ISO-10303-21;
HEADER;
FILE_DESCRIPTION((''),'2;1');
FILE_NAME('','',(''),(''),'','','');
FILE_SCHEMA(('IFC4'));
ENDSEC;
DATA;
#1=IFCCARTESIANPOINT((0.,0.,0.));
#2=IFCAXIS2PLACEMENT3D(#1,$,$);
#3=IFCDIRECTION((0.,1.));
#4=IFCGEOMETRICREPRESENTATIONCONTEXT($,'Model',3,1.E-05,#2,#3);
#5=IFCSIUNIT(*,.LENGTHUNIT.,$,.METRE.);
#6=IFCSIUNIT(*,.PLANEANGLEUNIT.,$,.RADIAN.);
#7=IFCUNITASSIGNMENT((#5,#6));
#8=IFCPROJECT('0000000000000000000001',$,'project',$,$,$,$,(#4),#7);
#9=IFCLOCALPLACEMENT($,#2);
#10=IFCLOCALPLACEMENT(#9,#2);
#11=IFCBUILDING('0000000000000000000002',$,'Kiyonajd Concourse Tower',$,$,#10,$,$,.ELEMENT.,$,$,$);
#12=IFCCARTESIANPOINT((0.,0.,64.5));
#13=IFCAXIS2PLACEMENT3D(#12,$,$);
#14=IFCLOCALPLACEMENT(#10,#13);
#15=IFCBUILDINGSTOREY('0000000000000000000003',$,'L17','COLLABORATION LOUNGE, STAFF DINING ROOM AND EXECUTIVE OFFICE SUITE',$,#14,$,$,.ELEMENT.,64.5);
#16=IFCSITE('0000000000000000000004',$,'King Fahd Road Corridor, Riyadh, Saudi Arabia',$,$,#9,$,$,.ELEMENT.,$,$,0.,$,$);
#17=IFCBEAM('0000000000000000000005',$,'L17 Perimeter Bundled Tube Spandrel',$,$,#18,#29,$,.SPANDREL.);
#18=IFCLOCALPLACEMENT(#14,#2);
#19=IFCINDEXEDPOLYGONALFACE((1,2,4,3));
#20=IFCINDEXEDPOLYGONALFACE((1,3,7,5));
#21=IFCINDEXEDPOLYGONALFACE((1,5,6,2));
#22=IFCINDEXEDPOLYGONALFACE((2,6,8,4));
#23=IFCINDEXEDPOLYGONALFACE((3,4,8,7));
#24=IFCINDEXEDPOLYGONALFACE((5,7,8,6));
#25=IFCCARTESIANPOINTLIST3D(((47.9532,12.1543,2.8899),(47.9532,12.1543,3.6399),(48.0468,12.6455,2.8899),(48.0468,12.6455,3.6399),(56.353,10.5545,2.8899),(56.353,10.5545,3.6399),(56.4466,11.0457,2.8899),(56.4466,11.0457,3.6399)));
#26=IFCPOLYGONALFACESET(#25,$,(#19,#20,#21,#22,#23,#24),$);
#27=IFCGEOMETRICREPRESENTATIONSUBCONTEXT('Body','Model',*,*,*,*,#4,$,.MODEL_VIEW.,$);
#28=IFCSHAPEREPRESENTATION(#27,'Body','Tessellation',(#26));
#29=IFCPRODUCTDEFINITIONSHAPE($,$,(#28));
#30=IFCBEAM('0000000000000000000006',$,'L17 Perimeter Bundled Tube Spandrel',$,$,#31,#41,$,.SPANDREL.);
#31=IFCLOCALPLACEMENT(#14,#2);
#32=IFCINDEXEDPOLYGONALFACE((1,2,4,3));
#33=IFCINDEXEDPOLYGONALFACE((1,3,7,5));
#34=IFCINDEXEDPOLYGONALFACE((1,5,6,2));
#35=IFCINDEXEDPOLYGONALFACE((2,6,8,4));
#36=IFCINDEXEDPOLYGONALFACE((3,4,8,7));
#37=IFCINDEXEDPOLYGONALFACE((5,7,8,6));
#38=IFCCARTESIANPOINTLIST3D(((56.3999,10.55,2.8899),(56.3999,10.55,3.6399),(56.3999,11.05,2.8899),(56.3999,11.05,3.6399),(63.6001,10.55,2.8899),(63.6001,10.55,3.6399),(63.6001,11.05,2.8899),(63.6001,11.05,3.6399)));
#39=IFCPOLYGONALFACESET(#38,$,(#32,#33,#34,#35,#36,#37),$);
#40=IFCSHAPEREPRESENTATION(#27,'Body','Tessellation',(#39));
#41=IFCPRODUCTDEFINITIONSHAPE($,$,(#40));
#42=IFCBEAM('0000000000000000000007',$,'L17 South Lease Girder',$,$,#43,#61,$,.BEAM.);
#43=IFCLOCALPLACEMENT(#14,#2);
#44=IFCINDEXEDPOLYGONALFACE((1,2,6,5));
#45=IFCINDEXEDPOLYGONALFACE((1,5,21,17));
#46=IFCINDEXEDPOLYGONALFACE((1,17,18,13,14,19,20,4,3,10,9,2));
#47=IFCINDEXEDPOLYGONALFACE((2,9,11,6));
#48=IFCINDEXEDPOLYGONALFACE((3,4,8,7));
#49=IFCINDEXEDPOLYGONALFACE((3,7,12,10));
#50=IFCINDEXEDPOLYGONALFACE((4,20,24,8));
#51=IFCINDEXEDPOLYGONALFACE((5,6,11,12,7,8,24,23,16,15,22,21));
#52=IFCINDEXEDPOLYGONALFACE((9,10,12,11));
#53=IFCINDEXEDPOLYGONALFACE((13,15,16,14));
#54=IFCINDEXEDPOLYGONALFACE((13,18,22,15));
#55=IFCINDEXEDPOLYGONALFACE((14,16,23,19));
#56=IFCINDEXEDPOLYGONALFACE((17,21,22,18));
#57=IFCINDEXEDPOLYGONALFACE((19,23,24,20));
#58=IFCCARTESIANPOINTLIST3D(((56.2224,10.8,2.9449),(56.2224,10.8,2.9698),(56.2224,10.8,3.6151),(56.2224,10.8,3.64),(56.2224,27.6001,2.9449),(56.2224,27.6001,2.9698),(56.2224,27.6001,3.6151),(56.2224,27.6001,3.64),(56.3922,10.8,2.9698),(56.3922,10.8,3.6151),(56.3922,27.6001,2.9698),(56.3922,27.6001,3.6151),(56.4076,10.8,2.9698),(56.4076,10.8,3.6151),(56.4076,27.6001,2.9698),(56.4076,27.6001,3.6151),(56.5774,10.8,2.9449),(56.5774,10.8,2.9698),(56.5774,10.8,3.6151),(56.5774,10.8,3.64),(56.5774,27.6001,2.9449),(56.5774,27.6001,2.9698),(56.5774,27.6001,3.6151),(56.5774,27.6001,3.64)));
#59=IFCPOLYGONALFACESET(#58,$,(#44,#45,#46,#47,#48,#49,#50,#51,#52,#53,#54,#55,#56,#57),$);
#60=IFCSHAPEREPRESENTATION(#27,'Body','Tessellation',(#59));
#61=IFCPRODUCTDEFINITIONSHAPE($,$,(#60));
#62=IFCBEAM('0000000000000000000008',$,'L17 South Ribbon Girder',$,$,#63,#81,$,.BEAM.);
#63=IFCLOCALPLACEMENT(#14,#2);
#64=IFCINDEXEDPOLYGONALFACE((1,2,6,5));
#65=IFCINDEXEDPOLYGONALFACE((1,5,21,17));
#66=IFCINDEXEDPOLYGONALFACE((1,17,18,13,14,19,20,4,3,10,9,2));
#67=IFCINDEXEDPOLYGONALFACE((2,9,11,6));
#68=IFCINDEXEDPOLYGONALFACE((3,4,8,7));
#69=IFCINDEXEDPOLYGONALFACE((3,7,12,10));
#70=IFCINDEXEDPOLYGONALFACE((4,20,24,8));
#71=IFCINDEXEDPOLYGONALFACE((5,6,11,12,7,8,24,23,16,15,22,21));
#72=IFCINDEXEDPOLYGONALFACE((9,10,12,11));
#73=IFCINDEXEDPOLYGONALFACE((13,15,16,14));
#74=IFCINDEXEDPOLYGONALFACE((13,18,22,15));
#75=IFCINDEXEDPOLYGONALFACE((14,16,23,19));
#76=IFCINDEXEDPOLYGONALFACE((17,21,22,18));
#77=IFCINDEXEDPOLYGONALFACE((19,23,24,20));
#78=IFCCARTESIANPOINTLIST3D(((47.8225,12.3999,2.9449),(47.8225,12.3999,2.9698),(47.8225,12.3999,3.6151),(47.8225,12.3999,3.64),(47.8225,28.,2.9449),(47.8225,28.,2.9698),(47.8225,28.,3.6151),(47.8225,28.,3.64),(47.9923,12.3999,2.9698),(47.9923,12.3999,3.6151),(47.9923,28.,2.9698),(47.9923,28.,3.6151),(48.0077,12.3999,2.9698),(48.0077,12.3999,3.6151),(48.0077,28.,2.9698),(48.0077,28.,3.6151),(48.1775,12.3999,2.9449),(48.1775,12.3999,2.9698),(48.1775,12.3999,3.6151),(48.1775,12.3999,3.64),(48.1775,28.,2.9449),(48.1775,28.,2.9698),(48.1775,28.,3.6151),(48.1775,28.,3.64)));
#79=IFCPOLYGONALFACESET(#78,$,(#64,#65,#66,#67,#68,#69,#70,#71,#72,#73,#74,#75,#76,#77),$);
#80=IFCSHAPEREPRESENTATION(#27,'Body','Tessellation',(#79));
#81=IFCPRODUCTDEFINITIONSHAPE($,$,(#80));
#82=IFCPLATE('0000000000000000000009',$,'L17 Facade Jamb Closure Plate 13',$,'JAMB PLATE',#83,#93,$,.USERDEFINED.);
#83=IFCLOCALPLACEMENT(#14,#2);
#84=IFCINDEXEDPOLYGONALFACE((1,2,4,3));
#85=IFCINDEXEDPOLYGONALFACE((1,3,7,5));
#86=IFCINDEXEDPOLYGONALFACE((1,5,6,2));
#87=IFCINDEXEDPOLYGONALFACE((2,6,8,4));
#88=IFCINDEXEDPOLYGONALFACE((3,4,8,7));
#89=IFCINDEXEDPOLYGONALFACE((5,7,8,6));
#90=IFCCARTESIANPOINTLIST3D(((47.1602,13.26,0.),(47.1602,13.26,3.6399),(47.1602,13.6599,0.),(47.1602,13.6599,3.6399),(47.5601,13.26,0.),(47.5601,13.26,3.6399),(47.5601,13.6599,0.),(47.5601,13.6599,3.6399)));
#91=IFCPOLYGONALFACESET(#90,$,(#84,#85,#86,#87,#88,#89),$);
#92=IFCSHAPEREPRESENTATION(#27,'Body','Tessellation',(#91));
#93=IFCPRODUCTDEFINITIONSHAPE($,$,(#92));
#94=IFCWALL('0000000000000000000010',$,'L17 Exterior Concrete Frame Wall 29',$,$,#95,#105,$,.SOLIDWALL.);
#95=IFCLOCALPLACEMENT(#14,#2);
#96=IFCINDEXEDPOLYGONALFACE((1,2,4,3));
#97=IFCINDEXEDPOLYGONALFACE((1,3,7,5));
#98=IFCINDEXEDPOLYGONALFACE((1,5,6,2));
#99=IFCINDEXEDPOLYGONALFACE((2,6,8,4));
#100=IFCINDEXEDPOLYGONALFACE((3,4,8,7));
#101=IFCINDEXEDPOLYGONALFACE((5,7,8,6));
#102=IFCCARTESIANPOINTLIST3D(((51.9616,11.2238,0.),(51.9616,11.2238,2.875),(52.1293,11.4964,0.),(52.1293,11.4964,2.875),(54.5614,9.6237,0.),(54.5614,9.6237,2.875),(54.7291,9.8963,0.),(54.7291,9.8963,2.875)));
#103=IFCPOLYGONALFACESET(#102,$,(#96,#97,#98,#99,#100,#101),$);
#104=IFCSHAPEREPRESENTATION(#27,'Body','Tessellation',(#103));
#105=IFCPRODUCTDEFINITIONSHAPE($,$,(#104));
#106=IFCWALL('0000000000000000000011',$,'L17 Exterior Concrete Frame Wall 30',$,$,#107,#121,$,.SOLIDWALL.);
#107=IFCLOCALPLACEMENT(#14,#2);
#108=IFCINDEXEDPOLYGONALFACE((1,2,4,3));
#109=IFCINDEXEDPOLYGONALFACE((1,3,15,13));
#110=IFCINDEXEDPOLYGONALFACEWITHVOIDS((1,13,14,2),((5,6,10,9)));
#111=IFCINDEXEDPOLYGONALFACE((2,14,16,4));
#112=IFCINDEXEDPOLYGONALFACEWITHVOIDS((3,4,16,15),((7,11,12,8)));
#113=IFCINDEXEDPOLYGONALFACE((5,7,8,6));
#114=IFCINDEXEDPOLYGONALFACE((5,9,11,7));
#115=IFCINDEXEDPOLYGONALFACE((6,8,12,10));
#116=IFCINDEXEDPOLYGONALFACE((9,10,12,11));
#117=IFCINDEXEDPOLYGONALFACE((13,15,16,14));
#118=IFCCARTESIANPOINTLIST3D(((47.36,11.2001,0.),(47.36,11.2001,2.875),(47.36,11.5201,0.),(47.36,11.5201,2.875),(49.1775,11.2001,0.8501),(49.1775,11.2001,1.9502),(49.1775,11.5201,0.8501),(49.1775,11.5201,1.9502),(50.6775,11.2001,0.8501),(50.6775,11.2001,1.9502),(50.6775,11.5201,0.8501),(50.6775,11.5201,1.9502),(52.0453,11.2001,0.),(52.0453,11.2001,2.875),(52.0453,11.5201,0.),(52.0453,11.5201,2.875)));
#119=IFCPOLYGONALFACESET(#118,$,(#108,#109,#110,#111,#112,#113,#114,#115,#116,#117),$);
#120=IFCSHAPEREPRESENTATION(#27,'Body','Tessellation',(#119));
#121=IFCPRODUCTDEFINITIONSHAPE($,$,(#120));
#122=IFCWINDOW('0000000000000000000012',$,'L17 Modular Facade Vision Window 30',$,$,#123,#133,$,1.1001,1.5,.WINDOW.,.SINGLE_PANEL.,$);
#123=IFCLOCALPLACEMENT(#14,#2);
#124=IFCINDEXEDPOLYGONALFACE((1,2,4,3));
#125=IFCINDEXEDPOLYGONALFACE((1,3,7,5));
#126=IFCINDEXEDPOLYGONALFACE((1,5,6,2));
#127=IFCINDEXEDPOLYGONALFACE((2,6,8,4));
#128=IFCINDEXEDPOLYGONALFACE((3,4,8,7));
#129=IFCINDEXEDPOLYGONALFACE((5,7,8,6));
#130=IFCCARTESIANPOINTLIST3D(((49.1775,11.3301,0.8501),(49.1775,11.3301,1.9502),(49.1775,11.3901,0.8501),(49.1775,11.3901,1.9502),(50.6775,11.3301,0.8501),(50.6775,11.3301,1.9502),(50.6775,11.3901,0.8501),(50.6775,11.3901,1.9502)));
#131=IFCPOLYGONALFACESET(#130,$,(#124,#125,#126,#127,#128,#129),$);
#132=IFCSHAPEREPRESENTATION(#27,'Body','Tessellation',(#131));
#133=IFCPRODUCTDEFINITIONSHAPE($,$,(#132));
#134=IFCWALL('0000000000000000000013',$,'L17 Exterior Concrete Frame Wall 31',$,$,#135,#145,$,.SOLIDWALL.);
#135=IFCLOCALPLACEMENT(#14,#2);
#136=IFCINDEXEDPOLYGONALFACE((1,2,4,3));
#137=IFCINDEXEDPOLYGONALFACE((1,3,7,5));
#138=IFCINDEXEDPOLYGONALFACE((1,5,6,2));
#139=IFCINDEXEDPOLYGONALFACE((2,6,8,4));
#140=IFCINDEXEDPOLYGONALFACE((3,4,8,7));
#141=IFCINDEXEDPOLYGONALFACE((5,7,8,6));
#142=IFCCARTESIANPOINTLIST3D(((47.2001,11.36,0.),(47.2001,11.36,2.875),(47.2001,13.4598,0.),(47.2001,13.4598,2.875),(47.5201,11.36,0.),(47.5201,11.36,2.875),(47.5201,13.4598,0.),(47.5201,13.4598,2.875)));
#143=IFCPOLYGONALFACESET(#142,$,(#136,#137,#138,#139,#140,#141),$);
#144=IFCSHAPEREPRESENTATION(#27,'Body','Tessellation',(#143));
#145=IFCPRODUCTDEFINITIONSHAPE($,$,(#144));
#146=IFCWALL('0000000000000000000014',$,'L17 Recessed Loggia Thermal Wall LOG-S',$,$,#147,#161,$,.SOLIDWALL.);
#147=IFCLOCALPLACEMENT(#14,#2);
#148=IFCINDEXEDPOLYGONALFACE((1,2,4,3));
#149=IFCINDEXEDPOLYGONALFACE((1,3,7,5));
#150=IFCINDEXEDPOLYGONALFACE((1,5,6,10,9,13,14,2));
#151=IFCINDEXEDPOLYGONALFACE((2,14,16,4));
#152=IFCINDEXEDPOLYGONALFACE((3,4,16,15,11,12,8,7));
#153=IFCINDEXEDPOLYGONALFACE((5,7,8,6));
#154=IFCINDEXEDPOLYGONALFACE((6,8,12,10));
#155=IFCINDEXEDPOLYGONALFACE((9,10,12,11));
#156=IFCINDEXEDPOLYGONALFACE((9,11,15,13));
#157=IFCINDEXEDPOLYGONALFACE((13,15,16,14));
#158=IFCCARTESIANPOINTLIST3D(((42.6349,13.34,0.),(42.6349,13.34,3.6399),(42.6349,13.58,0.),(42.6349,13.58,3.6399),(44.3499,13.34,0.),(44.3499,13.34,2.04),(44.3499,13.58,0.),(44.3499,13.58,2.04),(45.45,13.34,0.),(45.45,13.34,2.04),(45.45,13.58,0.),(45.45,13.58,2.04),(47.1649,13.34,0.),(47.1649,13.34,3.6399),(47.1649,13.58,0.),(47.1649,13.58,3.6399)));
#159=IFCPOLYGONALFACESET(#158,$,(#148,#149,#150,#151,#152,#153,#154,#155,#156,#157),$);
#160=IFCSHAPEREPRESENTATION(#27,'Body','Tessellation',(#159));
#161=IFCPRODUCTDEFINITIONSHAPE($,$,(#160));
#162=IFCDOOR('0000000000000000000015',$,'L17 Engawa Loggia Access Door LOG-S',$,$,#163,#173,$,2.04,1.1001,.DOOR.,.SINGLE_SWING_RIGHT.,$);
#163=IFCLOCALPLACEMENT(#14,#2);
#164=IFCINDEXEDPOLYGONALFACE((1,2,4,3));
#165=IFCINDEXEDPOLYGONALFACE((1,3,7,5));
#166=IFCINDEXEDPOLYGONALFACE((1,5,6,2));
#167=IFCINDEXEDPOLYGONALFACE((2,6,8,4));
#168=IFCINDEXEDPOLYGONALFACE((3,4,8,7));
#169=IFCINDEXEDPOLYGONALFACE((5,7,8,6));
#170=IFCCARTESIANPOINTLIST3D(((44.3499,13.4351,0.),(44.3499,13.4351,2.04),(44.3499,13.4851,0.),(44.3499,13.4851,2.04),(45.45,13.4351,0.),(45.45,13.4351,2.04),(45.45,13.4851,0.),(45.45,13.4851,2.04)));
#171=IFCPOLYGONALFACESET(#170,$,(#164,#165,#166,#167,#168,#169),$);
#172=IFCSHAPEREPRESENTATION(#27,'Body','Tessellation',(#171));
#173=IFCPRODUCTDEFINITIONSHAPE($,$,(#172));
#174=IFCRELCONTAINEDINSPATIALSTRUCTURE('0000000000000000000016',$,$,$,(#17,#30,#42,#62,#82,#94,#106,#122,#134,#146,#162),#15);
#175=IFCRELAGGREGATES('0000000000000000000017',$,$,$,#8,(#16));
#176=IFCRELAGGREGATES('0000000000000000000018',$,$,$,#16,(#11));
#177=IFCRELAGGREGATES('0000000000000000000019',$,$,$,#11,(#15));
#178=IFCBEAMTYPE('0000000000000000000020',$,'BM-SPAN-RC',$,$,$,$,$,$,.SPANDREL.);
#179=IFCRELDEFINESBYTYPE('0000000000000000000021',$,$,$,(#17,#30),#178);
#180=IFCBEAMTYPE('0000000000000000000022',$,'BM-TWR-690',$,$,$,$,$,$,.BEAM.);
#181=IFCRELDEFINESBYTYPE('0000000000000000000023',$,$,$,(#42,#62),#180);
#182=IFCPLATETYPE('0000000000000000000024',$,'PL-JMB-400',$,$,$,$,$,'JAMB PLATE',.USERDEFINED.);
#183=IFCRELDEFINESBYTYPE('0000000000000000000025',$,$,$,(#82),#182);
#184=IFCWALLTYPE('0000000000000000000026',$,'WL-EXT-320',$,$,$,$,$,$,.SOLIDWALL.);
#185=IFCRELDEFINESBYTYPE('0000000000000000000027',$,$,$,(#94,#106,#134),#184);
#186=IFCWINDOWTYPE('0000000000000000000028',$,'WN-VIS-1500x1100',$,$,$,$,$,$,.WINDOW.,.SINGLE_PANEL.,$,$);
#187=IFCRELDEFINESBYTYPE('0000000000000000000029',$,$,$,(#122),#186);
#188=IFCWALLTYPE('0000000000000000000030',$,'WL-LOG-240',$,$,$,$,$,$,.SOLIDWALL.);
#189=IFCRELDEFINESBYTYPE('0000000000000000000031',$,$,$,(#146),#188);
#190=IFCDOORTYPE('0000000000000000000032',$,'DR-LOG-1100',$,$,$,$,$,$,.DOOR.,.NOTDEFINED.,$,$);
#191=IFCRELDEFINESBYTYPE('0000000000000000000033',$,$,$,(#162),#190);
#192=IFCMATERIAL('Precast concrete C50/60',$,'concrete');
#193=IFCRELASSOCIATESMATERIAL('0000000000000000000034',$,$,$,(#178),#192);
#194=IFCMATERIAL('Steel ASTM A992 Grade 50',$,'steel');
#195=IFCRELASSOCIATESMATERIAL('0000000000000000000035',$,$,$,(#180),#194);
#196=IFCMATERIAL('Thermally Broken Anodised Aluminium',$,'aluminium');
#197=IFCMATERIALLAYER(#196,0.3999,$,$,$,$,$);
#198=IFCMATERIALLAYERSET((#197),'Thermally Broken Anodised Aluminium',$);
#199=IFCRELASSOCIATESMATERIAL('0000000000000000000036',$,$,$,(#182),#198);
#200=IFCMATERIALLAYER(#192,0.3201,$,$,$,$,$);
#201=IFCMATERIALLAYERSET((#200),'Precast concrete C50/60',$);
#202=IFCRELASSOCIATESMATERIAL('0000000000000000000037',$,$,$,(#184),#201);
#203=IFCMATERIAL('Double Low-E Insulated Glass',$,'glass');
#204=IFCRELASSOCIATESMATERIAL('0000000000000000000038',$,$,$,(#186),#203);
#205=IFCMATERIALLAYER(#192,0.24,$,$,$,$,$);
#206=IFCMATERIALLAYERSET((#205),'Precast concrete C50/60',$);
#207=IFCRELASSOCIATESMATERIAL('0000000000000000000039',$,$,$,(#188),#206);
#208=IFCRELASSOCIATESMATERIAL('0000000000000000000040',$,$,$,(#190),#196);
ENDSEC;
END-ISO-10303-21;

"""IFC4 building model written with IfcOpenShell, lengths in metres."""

from ifc_helpers import new_model, si_unit, direction, frame, frame_2d, origin, origin_2d, place, context, subcontext, project, spatial, rectangle, i_section, extrude, material, layer, layer_set, material_profile, profile_set, type_object, element, fill, save


model = new_model("IFC4")

# Units and contexts
model_context = context("Model", 3, precision=1e-05, world=origin(), true_north=direction((0.0, 1.0)))
body_context = subcontext(model_context, "Body", "Model", "MODEL_VIEW")
ifc_project = project(units=[si_unit("LENGTHUNIT", "METRE"), si_unit("PLANEANGLEUNIT", "RADIAN")], contexts=[model_context])

# Site, building, storey
site_placement = place(None, origin())
site = spatial("IfcSite", under=ifc_project, at=site_placement, Name="King Fahd Road Corridor, Riyadh, Saudi Arabia", CompositionType="ELEMENT", RefElevation=0.0)
building_placement = place(site_placement, origin())
building = spatial("IfcBuilding", under=site, at=building_placement, Name="Kiyonajd Concourse Tower", CompositionType="ELEMENT")
storey_placement = place(building_placement, frame((0.0, 0.0, 64.5)))
storey = spatial("IfcBuildingStorey", under=building, at=storey_placement, Name="L17", Description="COLLABORATION LOUNGE, STAFF DINING ROOM AND EXECUTIVE OFFICE SUITE", CompositionType="ELEMENT", Elevation=64.5)

# Beams
ifc_material_1 = material(Name="Steel ASTM A992 Grade 50", Category="steel")
ifc_material_2 = material(Name="Precast concrete C50/60", Category="concrete")
ifc_material_profile_1 = material_profile(ifc_material_2, rectangle(XDim=0.5, YDim=0.75, at=origin_2d()), Name="RCBM-500x750")
ifc_profile_set_1 = profile_set([ifc_material_profile_1], Name="Precast concrete C50/60")
beam_type_1 = type_object("IfcBeamType", Name="BM-SPAN-RC", PredefinedType="SPANDREL", material=ifc_profile_set_1)
beam_1_placement = place(storey_placement, frame((48.0, 12.3999, 3.2649), z_axis=(0.982341, -0.187098, 0.0), x_axis=(0.187098, 0.982341, 0.0)))
element("IfcBeam", 1, at=beam_1_placement, inside=storey, type_object=beam_type_1, Name="L17 Perimeter Bundled Tube Spandrel", PredefinedType="SPANDREL", context=body_context, shape_type="SweptSolid", body=[
    extrude(rectangle(XDim=0.5, YDim=0.75, at=origin_2d()), origin(), (0.0, 0.0, 1.0), 8.5508),
])
beam_2_placement = place(storey_placement, frame((56.3999, 10.8, 3.2649), z_axis=(1.0, 0.0, 0.0), x_axis=(0.0, 1.0, 0.0)))
element("IfcBeam", 2, at=beam_2_placement, inside=storey, type_object=beam_type_1, Name="L17 Perimeter Bundled Tube Spandrel", PredefinedType="SPANDREL", context=body_context, shape_type="SweptSolid", body=[
    extrude(rectangle(XDim=0.5, YDim=0.75, at=origin_2d()), origin(), (0.0, 0.0, 1.0), 7.2002),
])
ifc_material_profile_2 = material_profile(ifc_material_1, i_section(OverallWidth=0.355, OverallDepth=0.6951, WebThickness=0.0154, FlangeThickness=0.0249, at=origin_2d()), Name="W690X217")
ifc_profile_set_2 = profile_set([ifc_material_profile_2], Name="Steel ASTM A992 Grade 50")
beam_type_2 = type_object("IfcBeamType", Name="BM-TWR-690", PredefinedType="BEAM", material=ifc_profile_set_2)
beam_3_placement = place(storey_placement, frame((56.3999, 10.8, 3.2925), z_axis=(0.0, 1.0, 0.0), x_axis=(-1.0, 0.0, 0.0)))
element("IfcBeam", 3, at=beam_3_placement, inside=storey, type_object=beam_type_2, Name="L17 South Lease Girder", PredefinedType="BEAM", context=body_context, shape_type="SweptSolid", body=[
    extrude(i_section(OverallWidth=0.355, OverallDepth=0.6951, WebThickness=0.0154, FlangeThickness=0.0249, at=origin_2d()), origin(), (0.0, 0.0, 1.0), 16.8),
])
beam_4_placement = place(storey_placement, frame((48.0, 12.3999, 3.2925), z_axis=(0.0, 1.0, 0.0), x_axis=(-1.0, 0.0, 0.0)))
element("IfcBeam", 4, at=beam_4_placement, inside=storey, type_object=beam_type_2, Name="L17 South Ribbon Girder", PredefinedType="BEAM", context=body_context, shape_type="SweptSolid", body=[
    extrude(i_section(OverallWidth=0.355, OverallDepth=0.6951, WebThickness=0.0154, FlangeThickness=0.0249, at=origin_2d()), origin(), (0.0, 0.0, 1.0), 15.6001),
])

# Plate
ifc_material_3 = material(Name="Thermally Broken Anodised Aluminium", Category="aluminium")
ifc_layer_1 = layer(ifc_material_3, 0.3999)
ifc_layer_set_1 = layer_set([ifc_layer_1], Name="Thermally Broken Anodised Aluminium")
plate_type = type_object("IfcPlateType", Name="PL-JMB-400", ElementType="JAMB PLATE", PredefinedType="USERDEFINED", material=ifc_layer_set_1)
plate_placement = place(storey_placement, frame((47.3601, 13.46, 0.0), z_axis=(0.0, 0.0, 1.0), x_axis=(1.0, 0.0, 0.0)))
element("IfcPlate", 5, at=plate_placement, inside=storey, type_object=plate_type, Name="L17 Facade Jamb Closure Plate 13", ObjectType="JAMB PLATE", PredefinedType="USERDEFINED", context=body_context, shape_type="SweptSolid", body=[
    extrude(rectangle(XDim=0.3999, YDim=0.3999, at=origin_2d()), origin(), (0.0, 0.0, 1.0), 3.6399),
])

# Wall
ifc_layer_2 = layer(ifc_material_2, 0.3201)
ifc_layer_set_2 = layer_set([ifc_layer_2], Name="Precast concrete C50/60")
wall_type_1 = type_object("IfcWallType", Name="WL-EXT-320", PredefinedType="SOLIDWALL", material=ifc_layer_set_2)
wall_1_placement = place(storey_placement, frame((54.6453, 9.76, 0.0), z_axis=(0.0, 0.0, 1.0), x_axis=(-0.851631, 0.524142, 0.0)))
element("IfcWall", 6, at=wall_1_placement, inside=storey, type_object=wall_type_1, Name="L17 Exterior Concrete Frame Wall 29", PredefinedType="SOLIDWALL", context=body_context, shape_type="SweptSolid", body=[
    extrude(rectangle(XDim=3.0527, YDim=0.3201, at=frame_2d((1.5264, 0.0))), origin(), (0.0, 0.0, 1.0), 2.875),
])

# Wall, opening, window
wall_2_placement = place(storey_placement, frame((52.0454, 11.3601, 0.0), z_axis=(0.0, 0.0, 1.0), x_axis=(-1.0, 0.0, 0.0)))
wall_2 = element("IfcWall", 7, at=wall_2_placement, inside=storey, type_object=wall_type_1, Name="L17 Exterior Concrete Frame Wall 30", PredefinedType="SOLIDWALL", context=body_context, shape_type="SweptSolid", body=[
    extrude(rectangle(XDim=4.6853, YDim=0.3201, at=frame_2d((2.3428, 0.0))), origin(), (0.0, 0.0, 1.0), 2.875),
])
opening_1_placement = place(wall_2_placement, frame((1.3679, 0.0, 0.8501)))
opening_1 = element("IfcOpeningElement", 8, at=opening_1_placement, cuts=wall_2, PredefinedType="OPENING", context=body_context, shape_type="SweptSolid", body=[
    extrude(rectangle(XDim=1.5, YDim=1.1001, at=frame_2d((0.75, 0.55))), frame((0.0, 0.1699, 0.0), z_axis=(0.0, -1.0, 0.0), x_axis=(1.0, 0.0, 0.0)), (0.0, 0.0, 1.0), 0.3401),
])
ifc_material_4 = material(Name="Double Low-E Insulated Glass", Category="glass")
window_type = type_object("IfcWindowType", Name="WN-VIS-1500x1100", PartitioningType="SINGLE_PANEL", PredefinedType="WINDOW", material=ifc_material_4)
window_placement = place(opening_1_placement, origin())
window = element("IfcWindow", 9, at=window_placement, inside=storey, type_object=window_type, Name="L17 Modular Facade Vision Window 30", OverallHeight=1.1001, OverallWidth=1.5, PartitioningType="SINGLE_PANEL", PredefinedType="WINDOW", context=body_context, shape_type="SweptSolid", body=[
    extrude(rectangle(XDim=1.5, YDim=1.1001, at=frame_2d((0.75, 0.55))), frame((0.0, 0.03, 0.0), z_axis=(0.0, -1.0, 0.0), x_axis=(1.0, 0.0, 0.0)), (0.0, 0.0, 1.0), 0.0601),
])
fill(opening_1, window)

# Wall
wall_3_placement = place(storey_placement, frame((47.3601, 11.3601, 0.0), z_axis=(0.0, 0.0, 1.0), x_axis=(0.0, 1.0, 0.0)))
element("IfcWall", 10, at=wall_3_placement, inside=storey, type_object=wall_type_1, Name="L17 Exterior Concrete Frame Wall 31", PredefinedType="SOLIDWALL", context=body_context, shape_type="SweptSolid", body=[
    extrude(rectangle(XDim=2.0999, YDim=0.3201, at=frame_2d((1.0498, 0.0))), origin(), (0.0, 0.0, 1.0), 2.875),
])

# Wall, opening, door
ifc_layer_3 = layer(ifc_material_2, 0.24)
ifc_layer_set_3 = layer_set([ifc_layer_3], Name="Precast concrete C50/60")
wall_type_2 = type_object("IfcWallType", Name="WL-LOG-240", PredefinedType="SOLIDWALL", material=ifc_layer_set_3)
wall_4_placement = place(storey_placement, frame((47.165, 13.46, 0.0), z_axis=(0.0, 0.0, 1.0), x_axis=(-1.0, 0.0, 0.0)))
wall_4 = element("IfcWall", 11, at=wall_4_placement, inside=storey, type_object=wall_type_2, Name="L17 Recessed Loggia Thermal Wall LOG-S", PredefinedType="SOLIDWALL", context=body_context, shape_type="SweptSolid", body=[
    extrude(rectangle(XDim=4.53, YDim=0.24, at=frame_2d((2.2651, 0.0))), origin(), (0.0, 0.0, 1.0), 3.6399),
])
opening_2_placement = place(wall_4_placement, frame((1.7151, 0.0, 0.0)))
opening_2 = element("IfcOpeningElement", 12, at=opening_2_placement, cuts=wall_4, PredefinedType="OPENING", context=body_context, shape_type="SweptSolid", body=[
    extrude(rectangle(XDim=1.1001, YDim=2.04, at=frame_2d((0.55, 1.02))), frame((0.0, 0.1299, 0.0), z_axis=(0.0, -1.0, 0.0), x_axis=(1.0, 0.0, 0.0)), (0.0, 0.0, 1.0), 0.26),
])
door_type = type_object("IfcDoorType", Name="DR-LOG-1100", OperationType="NOTDEFINED", PredefinedType="DOOR", material=ifc_material_3)
door_placement = place(opening_2_placement, origin())
door = element("IfcDoor", 13, at=door_placement, inside=storey, type_object=door_type, Name="L17 Engawa Loggia Access Door LOG-S", OperationType="SINGLE_SWING_RIGHT", OverallHeight=2.04, OverallWidth=1.1001, PredefinedType="DOOR", context=body_context, shape_type="SweptSolid", body=[
    extrude(rectangle(XDim=1.1001, YDim=2.04, at=frame_2d((0.55, 1.02))), frame((0.0, 0.0249, 0.0), z_axis=(0.0, -1.0, 0.0), x_axis=(1.0, 0.0, 0.0)), (0.0, 0.0, 1.0), 0.05),
])
fill(opening_2, door)

save(model, "model.ifc")
